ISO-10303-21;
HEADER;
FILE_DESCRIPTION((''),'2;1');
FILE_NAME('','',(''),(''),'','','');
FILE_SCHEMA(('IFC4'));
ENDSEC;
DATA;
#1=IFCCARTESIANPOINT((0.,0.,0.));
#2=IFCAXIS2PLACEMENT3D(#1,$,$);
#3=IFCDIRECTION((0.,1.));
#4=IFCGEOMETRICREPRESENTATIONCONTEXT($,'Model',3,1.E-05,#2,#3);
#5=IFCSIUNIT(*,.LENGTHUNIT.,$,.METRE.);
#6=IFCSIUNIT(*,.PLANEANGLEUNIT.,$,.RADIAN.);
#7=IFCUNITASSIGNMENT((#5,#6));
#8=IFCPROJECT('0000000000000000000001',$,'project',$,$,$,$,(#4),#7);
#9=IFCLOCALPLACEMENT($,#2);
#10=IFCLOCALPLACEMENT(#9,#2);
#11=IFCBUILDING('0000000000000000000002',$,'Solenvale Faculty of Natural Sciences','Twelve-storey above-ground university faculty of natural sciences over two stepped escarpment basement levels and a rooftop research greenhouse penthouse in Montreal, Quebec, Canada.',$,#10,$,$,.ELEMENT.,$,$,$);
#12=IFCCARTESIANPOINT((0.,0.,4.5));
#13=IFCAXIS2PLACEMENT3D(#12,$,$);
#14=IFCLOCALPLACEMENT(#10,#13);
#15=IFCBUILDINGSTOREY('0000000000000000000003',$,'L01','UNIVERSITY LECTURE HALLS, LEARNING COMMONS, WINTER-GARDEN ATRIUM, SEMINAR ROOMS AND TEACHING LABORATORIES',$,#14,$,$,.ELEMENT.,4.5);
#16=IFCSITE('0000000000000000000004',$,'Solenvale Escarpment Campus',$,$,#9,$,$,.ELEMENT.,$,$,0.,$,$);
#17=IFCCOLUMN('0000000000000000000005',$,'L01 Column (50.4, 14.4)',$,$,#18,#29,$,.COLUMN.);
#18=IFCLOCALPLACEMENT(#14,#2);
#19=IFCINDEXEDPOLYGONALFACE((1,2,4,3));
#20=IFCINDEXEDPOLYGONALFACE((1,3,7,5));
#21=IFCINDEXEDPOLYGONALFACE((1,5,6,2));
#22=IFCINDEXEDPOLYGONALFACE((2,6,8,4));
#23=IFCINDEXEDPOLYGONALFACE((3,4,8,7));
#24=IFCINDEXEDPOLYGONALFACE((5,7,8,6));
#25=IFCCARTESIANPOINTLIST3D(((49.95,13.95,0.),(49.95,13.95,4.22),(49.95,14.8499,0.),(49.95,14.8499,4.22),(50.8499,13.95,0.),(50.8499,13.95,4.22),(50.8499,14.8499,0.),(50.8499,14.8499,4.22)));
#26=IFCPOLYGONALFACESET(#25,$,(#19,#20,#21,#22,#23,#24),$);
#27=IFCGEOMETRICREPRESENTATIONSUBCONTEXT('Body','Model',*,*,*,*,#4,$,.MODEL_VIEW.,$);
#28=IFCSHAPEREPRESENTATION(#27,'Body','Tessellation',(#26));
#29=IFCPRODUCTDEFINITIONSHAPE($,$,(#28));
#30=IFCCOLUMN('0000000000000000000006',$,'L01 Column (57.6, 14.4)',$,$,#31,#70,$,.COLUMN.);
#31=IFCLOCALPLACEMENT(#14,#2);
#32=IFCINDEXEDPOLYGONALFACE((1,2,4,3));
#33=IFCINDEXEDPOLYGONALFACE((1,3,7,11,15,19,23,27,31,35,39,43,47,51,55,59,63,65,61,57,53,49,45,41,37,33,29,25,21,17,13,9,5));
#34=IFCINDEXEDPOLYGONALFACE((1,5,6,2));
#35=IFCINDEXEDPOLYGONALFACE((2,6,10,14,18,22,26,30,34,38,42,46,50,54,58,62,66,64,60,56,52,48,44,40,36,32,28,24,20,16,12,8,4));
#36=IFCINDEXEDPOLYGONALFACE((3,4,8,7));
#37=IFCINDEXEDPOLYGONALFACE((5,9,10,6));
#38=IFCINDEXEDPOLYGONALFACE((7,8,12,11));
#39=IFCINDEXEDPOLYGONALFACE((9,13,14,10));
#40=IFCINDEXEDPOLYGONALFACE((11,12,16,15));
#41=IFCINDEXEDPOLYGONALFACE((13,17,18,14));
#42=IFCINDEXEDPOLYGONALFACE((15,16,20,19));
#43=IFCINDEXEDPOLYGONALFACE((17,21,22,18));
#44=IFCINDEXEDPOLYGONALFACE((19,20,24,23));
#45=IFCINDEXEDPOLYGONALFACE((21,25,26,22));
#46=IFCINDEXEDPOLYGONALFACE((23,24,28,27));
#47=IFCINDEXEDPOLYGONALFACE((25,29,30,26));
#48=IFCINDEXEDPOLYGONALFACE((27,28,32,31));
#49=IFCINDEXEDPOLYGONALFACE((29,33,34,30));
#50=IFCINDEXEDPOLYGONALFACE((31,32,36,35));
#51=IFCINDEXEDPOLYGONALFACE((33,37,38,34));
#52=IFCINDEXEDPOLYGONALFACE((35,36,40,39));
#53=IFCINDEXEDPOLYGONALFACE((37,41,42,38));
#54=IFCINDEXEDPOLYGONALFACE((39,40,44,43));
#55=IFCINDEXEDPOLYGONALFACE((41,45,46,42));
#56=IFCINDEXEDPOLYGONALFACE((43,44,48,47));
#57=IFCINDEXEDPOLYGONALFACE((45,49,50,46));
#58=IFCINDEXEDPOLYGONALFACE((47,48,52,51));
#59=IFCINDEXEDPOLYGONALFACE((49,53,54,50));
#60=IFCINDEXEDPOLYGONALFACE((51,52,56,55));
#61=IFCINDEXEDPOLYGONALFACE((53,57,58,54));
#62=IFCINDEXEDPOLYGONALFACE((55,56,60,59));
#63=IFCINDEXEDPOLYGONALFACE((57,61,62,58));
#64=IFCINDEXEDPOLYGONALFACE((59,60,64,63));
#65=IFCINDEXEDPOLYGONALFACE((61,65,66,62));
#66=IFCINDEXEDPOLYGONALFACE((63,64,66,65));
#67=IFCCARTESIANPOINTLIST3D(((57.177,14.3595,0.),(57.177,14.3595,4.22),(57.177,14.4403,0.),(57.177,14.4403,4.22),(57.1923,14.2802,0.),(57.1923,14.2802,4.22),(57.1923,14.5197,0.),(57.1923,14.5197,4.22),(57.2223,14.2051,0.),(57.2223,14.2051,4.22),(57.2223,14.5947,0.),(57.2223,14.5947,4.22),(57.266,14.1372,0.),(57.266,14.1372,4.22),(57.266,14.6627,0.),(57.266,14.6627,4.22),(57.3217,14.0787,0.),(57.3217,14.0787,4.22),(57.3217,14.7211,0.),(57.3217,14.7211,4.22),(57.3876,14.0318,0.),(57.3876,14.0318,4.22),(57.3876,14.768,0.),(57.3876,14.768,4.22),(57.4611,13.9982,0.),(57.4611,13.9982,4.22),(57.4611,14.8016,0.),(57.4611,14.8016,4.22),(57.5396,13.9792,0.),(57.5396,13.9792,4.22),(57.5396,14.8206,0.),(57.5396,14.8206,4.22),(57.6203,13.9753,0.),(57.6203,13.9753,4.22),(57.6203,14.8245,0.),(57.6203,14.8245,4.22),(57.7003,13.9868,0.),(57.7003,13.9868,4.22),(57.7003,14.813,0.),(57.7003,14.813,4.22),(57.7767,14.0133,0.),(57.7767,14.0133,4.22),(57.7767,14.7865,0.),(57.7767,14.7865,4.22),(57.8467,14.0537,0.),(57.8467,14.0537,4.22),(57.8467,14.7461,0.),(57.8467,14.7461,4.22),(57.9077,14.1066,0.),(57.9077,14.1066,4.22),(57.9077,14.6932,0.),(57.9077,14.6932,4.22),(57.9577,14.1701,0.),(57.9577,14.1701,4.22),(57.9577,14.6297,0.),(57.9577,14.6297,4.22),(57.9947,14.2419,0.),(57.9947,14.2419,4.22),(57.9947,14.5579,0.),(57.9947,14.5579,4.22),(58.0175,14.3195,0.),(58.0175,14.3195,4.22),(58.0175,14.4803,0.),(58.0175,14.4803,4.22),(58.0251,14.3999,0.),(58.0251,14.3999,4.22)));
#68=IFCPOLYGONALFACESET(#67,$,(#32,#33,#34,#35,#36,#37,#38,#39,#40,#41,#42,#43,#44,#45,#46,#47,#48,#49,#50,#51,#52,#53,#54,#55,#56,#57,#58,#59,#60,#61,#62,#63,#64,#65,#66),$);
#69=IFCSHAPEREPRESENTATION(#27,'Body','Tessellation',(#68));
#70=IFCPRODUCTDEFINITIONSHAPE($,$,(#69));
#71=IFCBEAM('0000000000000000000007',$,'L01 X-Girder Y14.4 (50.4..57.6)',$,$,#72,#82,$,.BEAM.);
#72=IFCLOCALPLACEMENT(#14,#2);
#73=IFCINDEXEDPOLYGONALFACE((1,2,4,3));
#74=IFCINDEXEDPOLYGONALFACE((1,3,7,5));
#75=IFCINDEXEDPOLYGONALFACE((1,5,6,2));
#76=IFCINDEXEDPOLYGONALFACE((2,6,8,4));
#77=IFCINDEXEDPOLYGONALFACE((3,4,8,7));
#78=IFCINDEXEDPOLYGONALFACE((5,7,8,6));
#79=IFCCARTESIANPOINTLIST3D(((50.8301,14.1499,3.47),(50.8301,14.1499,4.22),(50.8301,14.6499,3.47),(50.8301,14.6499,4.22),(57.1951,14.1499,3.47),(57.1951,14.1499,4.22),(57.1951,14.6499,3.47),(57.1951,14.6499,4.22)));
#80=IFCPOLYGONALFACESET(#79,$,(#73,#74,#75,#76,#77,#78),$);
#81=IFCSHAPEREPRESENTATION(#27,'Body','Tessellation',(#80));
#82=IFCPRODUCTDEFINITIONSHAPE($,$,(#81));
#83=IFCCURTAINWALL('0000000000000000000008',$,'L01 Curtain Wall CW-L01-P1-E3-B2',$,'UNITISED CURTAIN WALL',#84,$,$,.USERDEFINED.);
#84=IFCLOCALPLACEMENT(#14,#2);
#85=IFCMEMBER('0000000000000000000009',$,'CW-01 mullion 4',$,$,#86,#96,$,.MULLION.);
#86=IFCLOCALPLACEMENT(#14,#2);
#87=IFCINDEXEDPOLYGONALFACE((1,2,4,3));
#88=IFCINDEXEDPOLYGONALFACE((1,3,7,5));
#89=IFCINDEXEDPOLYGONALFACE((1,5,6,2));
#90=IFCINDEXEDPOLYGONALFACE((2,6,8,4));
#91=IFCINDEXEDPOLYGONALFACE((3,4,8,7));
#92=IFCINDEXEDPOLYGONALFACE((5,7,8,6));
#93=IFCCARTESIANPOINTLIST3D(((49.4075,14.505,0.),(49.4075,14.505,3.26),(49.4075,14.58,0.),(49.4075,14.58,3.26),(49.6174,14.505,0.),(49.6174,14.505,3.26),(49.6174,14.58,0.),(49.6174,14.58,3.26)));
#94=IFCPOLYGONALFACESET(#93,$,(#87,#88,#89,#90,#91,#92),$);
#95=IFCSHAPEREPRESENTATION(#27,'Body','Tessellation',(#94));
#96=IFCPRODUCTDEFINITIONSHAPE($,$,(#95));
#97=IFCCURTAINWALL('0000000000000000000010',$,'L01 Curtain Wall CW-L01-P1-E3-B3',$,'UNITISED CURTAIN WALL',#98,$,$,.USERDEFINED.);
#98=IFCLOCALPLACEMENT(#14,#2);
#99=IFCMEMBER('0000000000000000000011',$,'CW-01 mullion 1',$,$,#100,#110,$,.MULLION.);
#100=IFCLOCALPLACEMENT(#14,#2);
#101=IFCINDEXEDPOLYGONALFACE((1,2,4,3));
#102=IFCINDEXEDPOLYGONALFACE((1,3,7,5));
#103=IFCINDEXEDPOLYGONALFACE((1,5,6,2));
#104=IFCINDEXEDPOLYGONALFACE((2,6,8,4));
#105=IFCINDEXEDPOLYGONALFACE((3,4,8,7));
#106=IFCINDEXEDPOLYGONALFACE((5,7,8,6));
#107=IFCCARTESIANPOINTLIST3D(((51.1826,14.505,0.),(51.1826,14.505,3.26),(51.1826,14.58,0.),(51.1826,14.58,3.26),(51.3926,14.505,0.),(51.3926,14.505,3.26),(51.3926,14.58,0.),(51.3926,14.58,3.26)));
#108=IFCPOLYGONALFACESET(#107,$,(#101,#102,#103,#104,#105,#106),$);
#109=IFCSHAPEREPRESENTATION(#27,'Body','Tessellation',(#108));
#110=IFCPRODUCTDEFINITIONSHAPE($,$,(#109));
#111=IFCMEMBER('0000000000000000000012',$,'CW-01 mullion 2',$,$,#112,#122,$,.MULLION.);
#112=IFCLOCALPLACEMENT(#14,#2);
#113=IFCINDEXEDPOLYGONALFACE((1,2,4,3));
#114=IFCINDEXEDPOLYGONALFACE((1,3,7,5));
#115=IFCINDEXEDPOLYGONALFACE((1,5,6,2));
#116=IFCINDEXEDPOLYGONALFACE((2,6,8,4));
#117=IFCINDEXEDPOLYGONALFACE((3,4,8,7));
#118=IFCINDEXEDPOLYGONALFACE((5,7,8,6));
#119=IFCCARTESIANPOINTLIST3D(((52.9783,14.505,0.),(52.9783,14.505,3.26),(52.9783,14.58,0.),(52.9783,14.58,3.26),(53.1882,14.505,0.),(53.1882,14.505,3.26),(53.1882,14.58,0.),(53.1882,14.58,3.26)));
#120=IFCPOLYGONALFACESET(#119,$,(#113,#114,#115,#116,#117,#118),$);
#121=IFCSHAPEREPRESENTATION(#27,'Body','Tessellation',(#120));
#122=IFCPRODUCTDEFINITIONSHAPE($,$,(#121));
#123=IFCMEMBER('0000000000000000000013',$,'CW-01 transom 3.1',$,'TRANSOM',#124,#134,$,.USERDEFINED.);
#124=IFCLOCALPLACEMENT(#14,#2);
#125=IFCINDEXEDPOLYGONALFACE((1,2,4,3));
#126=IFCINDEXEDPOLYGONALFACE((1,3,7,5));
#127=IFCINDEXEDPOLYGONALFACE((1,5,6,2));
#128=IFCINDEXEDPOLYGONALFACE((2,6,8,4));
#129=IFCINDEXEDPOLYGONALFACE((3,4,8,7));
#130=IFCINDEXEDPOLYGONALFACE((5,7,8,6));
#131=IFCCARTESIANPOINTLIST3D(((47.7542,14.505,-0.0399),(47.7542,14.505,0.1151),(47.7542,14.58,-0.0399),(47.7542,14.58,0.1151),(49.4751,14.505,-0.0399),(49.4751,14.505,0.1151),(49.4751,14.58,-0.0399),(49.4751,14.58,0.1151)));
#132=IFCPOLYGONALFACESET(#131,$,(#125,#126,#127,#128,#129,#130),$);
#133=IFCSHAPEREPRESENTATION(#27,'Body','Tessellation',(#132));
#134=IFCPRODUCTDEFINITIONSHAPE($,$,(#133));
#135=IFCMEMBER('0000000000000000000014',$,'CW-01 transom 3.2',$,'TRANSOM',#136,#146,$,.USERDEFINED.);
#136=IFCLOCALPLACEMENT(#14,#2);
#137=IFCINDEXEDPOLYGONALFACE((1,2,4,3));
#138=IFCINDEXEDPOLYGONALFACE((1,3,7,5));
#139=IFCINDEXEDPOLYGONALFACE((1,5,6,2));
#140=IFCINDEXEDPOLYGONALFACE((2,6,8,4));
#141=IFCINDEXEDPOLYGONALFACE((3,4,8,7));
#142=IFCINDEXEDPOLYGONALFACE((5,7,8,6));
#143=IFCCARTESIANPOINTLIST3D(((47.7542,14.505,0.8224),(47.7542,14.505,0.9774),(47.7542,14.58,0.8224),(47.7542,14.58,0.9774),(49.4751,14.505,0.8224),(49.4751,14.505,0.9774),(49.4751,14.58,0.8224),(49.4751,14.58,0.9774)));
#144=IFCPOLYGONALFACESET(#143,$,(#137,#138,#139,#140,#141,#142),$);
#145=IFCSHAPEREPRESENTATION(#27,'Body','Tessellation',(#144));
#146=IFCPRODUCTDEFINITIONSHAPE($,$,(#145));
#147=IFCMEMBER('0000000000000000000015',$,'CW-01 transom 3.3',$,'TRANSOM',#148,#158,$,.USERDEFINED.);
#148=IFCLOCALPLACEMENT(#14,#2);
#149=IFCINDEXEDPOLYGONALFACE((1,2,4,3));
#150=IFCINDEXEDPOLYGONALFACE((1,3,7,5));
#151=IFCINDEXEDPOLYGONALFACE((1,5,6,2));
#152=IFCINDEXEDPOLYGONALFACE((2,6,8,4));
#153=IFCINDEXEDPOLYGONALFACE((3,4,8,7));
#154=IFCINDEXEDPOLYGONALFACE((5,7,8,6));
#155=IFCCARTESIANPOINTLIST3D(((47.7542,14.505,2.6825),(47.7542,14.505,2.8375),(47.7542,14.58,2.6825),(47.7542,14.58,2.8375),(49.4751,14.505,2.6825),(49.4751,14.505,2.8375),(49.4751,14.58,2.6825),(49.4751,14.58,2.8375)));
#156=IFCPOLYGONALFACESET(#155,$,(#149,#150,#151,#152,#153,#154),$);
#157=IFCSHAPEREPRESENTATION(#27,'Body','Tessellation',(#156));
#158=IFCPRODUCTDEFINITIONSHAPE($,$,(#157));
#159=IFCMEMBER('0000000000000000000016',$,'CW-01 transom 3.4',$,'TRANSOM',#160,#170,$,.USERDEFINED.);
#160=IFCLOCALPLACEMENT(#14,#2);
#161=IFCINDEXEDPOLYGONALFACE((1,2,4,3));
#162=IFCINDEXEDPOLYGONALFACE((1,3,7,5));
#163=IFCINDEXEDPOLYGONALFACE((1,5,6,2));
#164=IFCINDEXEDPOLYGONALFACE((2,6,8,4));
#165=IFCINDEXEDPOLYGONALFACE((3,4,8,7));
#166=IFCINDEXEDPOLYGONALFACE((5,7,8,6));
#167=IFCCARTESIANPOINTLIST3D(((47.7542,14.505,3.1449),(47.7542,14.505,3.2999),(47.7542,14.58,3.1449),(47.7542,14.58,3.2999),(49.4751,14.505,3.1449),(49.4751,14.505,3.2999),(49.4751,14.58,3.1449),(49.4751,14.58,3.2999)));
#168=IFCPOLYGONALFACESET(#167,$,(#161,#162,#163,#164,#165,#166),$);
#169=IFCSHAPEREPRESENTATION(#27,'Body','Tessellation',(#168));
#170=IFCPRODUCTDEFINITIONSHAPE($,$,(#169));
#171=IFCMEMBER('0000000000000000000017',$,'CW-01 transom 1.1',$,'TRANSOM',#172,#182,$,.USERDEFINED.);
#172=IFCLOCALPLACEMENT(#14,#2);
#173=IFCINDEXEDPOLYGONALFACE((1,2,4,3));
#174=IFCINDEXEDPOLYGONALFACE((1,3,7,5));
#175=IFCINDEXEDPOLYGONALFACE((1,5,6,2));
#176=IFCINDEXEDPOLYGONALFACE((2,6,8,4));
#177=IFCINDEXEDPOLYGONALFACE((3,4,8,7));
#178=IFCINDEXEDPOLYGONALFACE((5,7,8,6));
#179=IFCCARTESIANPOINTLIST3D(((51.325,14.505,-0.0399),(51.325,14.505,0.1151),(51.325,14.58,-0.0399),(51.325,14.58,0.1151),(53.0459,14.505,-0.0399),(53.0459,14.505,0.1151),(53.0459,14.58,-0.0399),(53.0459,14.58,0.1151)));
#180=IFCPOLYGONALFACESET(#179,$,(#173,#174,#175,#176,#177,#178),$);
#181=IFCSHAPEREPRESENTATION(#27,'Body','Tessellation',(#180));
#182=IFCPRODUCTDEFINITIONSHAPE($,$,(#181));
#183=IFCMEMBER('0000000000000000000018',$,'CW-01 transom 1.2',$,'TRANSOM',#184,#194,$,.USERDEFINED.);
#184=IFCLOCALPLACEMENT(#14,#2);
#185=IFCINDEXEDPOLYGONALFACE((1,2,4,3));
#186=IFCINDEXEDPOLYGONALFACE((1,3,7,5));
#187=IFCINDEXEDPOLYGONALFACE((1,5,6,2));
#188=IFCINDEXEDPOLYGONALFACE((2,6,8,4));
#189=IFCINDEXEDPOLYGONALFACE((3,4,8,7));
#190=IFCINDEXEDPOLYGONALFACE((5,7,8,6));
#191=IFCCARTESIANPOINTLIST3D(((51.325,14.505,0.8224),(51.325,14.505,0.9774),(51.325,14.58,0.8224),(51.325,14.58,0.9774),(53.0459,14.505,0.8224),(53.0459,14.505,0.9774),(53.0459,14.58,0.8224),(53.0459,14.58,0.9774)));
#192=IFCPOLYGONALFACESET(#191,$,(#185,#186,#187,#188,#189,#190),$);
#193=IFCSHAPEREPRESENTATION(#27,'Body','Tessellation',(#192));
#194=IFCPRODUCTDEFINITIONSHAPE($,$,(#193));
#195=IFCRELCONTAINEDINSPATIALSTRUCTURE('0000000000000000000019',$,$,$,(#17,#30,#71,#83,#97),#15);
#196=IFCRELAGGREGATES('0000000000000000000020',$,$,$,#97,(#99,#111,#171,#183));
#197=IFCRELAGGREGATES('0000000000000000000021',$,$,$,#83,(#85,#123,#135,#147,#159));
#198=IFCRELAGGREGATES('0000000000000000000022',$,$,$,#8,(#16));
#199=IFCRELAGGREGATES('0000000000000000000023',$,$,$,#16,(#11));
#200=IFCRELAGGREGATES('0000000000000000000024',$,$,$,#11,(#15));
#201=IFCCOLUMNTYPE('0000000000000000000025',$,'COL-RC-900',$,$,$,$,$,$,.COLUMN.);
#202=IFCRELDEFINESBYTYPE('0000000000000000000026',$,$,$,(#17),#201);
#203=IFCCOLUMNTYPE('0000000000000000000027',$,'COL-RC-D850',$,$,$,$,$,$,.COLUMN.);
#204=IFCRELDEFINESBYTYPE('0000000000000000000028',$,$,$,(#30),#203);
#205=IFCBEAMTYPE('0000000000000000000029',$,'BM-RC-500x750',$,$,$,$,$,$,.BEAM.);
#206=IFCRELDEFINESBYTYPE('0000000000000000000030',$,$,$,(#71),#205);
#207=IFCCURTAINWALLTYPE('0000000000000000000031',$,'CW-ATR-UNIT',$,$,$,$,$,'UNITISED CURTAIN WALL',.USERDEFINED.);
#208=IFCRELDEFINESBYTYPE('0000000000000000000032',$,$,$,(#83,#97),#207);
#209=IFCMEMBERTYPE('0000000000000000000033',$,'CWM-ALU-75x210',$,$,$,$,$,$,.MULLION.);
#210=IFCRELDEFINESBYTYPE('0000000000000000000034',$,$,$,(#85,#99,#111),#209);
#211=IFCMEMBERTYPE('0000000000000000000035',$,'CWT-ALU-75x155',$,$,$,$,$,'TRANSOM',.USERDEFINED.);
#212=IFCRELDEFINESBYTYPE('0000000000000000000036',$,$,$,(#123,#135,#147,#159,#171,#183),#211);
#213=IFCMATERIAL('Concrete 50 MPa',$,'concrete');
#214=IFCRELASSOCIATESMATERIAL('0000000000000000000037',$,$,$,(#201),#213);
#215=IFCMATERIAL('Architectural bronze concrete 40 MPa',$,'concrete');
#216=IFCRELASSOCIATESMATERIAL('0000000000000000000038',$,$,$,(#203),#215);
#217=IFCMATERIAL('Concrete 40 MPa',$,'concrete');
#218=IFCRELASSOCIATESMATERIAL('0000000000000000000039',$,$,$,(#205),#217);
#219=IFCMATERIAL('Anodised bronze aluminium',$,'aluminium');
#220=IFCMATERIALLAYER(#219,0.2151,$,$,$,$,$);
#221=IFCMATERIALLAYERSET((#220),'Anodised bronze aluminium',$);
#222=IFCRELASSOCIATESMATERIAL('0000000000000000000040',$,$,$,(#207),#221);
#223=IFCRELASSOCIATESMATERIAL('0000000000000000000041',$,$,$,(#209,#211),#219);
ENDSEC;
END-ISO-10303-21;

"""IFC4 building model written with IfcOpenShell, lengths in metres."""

from ifc_helpers import new_model, si_unit, direction, frame, origin, origin_2d, place, context, subcontext, project, spatial, rectangle, circle, extrude, material, layer, layer_set, material_profile, profile_set, type_object, element, aggregate, save


model = new_model("IFC4")

# Units and contexts
model_context = context("Model", 3, precision=1e-05, world=origin(), true_north=direction((0.0, 1.0)))
body_context = subcontext(model_context, "Body", "Model", "MODEL_VIEW")
ifc_project = project(units=[si_unit("LENGTHUNIT", "METRE"), si_unit("PLANEANGLEUNIT", "RADIAN")], contexts=[model_context])

# Site, building, storey
site_placement = place(None, origin())
site = spatial("IfcSite", under=ifc_project, at=site_placement, Name="Solenvale Escarpment Campus", CompositionType="ELEMENT", RefElevation=0.0)
building_placement = place(site_placement, origin())
building = spatial("IfcBuilding", under=site, at=building_placement, Name="Solenvale Faculty of Natural Sciences", Description="Twelve-storey above-ground university faculty of natural sciences over two stepped escarpment basement levels and a rooftop research greenhouse penthouse in Montreal, Quebec, Canada.", CompositionType="ELEMENT")
storey_placement = place(building_placement, frame((0.0, 0.0, 4.5)))
storey = spatial("IfcBuildingStorey", under=building, at=storey_placement, Name="L01", Description="UNIVERSITY LECTURE HALLS, LEARNING COMMONS, WINTER-GARDEN ATRIUM, SEMINAR ROOMS AND TEACHING LABORATORIES", CompositionType="ELEMENT", Elevation=4.5)

# Columns
ifc_material_1 = material(Name="Concrete 50 MPa", Category="concrete")
ifc_material_profile_1 = material_profile(ifc_material_1, rectangle(XDim=0.8999, YDim=0.8999, at=origin_2d()), Name="RC-COL-900x900")
ifc_profile_set_1 = profile_set([ifc_material_profile_1], Name="Concrete 50 MPa")
column_type_1 = type_object("IfcColumnType", Name="COL-RC-900", PredefinedType="COLUMN", material=ifc_profile_set_1)
column_1_placement = place(storey_placement, frame((50.3999, 14.3999, 0.0), z_axis=(0.0, 0.0, 1.0), x_axis=(1.0, 0.0, 0.0)))
element("IfcColumn", 1, at=column_1_placement, inside=storey, type_object=column_type_1, Name="L01 Column (50.4, 14.4)", PredefinedType="COLUMN", context=body_context, shape_type="SweptSolid", body=[
    extrude(rectangle(XDim=0.8999, YDim=0.8999, at=origin_2d()), origin(), (0.0, 0.0, 1.0), 4.22),
])
ifc_material_2 = material(Name="Architectural bronze concrete 40 MPa", Category="concrete")
ifc_material_profile_2 = material_profile(ifc_material_2, circle(Radius=0.425, at=origin_2d()), Name="RC-COL-D850")
ifc_profile_set_2 = profile_set([ifc_material_profile_2], Name="Architectural bronze concrete 40 MPa")
column_type_2 = type_object("IfcColumnType", Name="COL-RC-D850", PredefinedType="COLUMN", material=ifc_profile_set_2)
column_2_placement = place(storey_placement, frame((57.6001, 14.3999, 0.0), z_axis=(0.0, 0.0, 1.0), x_axis=(1.0, 0.0, 0.0)))
element("IfcColumn", 2, at=column_2_placement, inside=storey, type_object=column_type_2, Name="L01 Column (57.6, 14.4)", PredefinedType="COLUMN", context=body_context, shape_type="SweptSolid", body=[
    extrude(circle(Radius=0.425, at=origin_2d()), origin(), (0.0, 0.0, 1.0), 4.22),
])

# Beam
ifc_material_3 = material(Name="Concrete 40 MPa", Category="concrete")
ifc_material_profile_3 = material_profile(ifc_material_3, rectangle(XDim=0.5, YDim=0.75, at=origin_2d()), Name="RC-BM-500x750")
ifc_profile_set_3 = profile_set([ifc_material_profile_3], Name="Concrete 40 MPa")
beam_type = type_object("IfcBeamType", Name="BM-RC-500x750", PredefinedType="BEAM", material=ifc_profile_set_3)
beam_placement = place(storey_placement, frame((50.8301, 14.3999, 3.845), z_axis=(1.0, 0.0, 0.0), x_axis=(0.0, 1.0, 0.0)))
element("IfcBeam", 3, at=beam_placement, inside=storey, type_object=beam_type, Name="L01 X-Girder Y14.4 (50.4..57.6)", PredefinedType="BEAM", context=body_context, shape_type="SweptSolid", body=[
    extrude(rectangle(XDim=0.5, YDim=0.75, at=origin_2d()), origin(), (0.0, 0.0, 1.0), 6.365),
])

# Curtain wall, member
ifc_material_4 = material(Name="Anodised bronze aluminium", Category="aluminium")
ifc_layer_1 = layer(ifc_material_4, 0.2151)
ifc_layer_set_1 = layer_set([ifc_layer_1], Name="Anodised bronze aluminium")
curtain_wall_type = type_object("IfcCurtainWallType", Name="CW-ATR-UNIT", ElementType="UNITISED CURTAIN WALL", PredefinedType="USERDEFINED", material=ifc_layer_set_1)
curtain_wall_1_placement = place(storey_placement, origin())
curtain_wall_1 = element("IfcCurtainWall", 4, at=curtain_wall_1_placement, inside=storey, type_object=curtain_wall_type, Name="L01 Curtain Wall CW-L01-P1-E3-B2", ObjectType="UNITISED CURTAIN WALL", PredefinedType="USERDEFINED")
ifc_material_profile_4 = material_profile(ifc_material_4, rectangle(XDim=0.075, YDim=0.21, at=origin_2d()), Name="ALU-MUL-75x210")
ifc_profile_set_4 = profile_set([ifc_material_profile_4], Name="Anodised bronze aluminium")
member_type_1 = type_object("IfcMemberType", Name="CWM-ALU-75x210", PredefinedType="MULLION", material=ifc_profile_set_4)
member_1_placement = place(storey_placement, frame((49.5125, 14.5425, 0.0), z_axis=(0.0, 0.0, 1.0), x_axis=(0.0, 1.0, 0.0)))
member_1 = element("IfcMember", 5, at=member_1_placement, type_object=member_type_1, Name="CW-01 mullion 4", PredefinedType="MULLION", context=body_context, shape_type="SweptSolid", body=[
    extrude(rectangle(XDim=0.075, YDim=0.21, at=origin_2d()), origin(), (0.0, 0.0, 1.0), 3.26),
])

# Curtain wall, members
curtain_wall_2_placement = place(storey_placement, origin())
curtain_wall_2 = element("IfcCurtainWall", 6, at=curtain_wall_2_placement, inside=storey, type_object=curtain_wall_type, Name="L01 Curtain Wall CW-L01-P1-E3-B3", ObjectType="UNITISED CURTAIN WALL", PredefinedType="USERDEFINED")
member_2_placement = place(storey_placement, frame((51.2876, 14.5425, 0.0), z_axis=(0.0, 0.0, 1.0), x_axis=(0.0, 1.0, 0.0)))
member_2 = element("IfcMember", 7, at=member_2_placement, type_object=member_type_1, Name="CW-01 mullion 1", PredefinedType="MULLION", context=body_context, shape_type="SweptSolid", body=[
    extrude(rectangle(XDim=0.075, YDim=0.21, at=origin_2d()), origin(), (0.0, 0.0, 1.0), 3.26),
])
member_3_placement = place(storey_placement, frame((53.0833, 14.5425, 0.0), z_axis=(0.0, 0.0, 1.0), x_axis=(0.0, 1.0, 0.0)))
member_3 = element("IfcMember", 8, at=member_3_placement, type_object=member_type_1, Name="CW-01 mullion 2", PredefinedType="MULLION", context=body_context, shape_type="SweptSolid", body=[
    extrude(rectangle(XDim=0.075, YDim=0.21, at=origin_2d()), origin(), (0.0, 0.0, 1.0), 3.26),
])

# Members
ifc_material_profile_5 = material_profile(ifc_material_4, rectangle(XDim=0.075, YDim=0.155, at=origin_2d()), Name="ALU-TRN-75x155")
ifc_profile_set_5 = profile_set([ifc_material_profile_5], Name="Anodised bronze aluminium")
member_type_2 = type_object("IfcMemberType", Name="CWT-ALU-75x155", ElementType="TRANSOM", PredefinedType="USERDEFINED", material=ifc_profile_set_5)
member_4_placement = place(storey_placement, frame((47.7542, 14.5425, 0.0376), z_axis=(1.0, 0.0, 0.0), x_axis=(0.0, 1.0, 0.0)))
member_4 = element("IfcMember", 9, at=member_4_placement, type_object=member_type_2, Name="CW-01 transom 3.1", ObjectType="TRANSOM", PredefinedType="USERDEFINED", context=body_context, shape_type="SweptSolid", body=[
    extrude(rectangle(XDim=0.075, YDim=0.155, at=origin_2d()), origin(), (0.0, 0.0, 1.0), 1.7209),
])
member_5_placement = place(storey_placement, frame((47.7542, 14.5425, 0.8999), z_axis=(1.0, 0.0, 0.0), x_axis=(0.0, 1.0, 0.0)))
member_5 = element("IfcMember", 10, at=member_5_placement, type_object=member_type_2, Name="CW-01 transom 3.2", ObjectType="TRANSOM", PredefinedType="USERDEFINED", context=body_context, shape_type="SweptSolid", body=[
    extrude(rectangle(XDim=0.075, YDim=0.155, at=origin_2d()), origin(), (0.0, 0.0, 1.0), 1.7209),
])
member_6_placement = place(storey_placement, frame((47.7542, 14.5425, 2.76), z_axis=(1.0, 0.0, 0.0), x_axis=(0.0, 1.0, 0.0)))
member_6 = element("IfcMember", 11, at=member_6_placement, type_object=member_type_2, Name="CW-01 transom 3.3", ObjectType="TRANSOM", PredefinedType="USERDEFINED", context=body_context, shape_type="SweptSolid", body=[
    extrude(rectangle(XDim=0.075, YDim=0.155, at=origin_2d()), origin(), (0.0, 0.0, 1.0), 1.7209),
])
member_7_placement = place(storey_placement, frame((47.7542, 14.5425, 3.2224), z_axis=(1.0, 0.0, 0.0), x_axis=(0.0, 1.0, 0.0)))
member_7 = element("IfcMember", 12, at=member_7_placement, type_object=member_type_2, Name="CW-01 transom 3.4", ObjectType="TRANSOM", PredefinedType="USERDEFINED", context=body_context, shape_type="SweptSolid", body=[
    extrude(rectangle(XDim=0.075, YDim=0.155, at=origin_2d()), origin(), (0.0, 0.0, 1.0), 1.7209),
])
member_8_placement = place(storey_placement, frame((51.325, 14.5425, 0.0376), z_axis=(1.0, 0.0, 0.0), x_axis=(0.0, 1.0, 0.0)))
member_8 = element("IfcMember", 13, at=member_8_placement, type_object=member_type_2, Name="CW-01 transom 1.1", ObjectType="TRANSOM", PredefinedType="USERDEFINED", context=body_context, shape_type="SweptSolid", body=[
    extrude(rectangle(XDim=0.075, YDim=0.155, at=origin_2d()), origin(), (0.0, 0.0, 1.0), 1.7209),
])
member_9_placement = place(storey_placement, frame((51.325, 14.5425, 0.8999), z_axis=(1.0, 0.0, 0.0), x_axis=(0.0, 1.0, 0.0)))
member_9 = element("IfcMember", 14, at=member_9_placement, type_object=member_type_2, Name="CW-01 transom 1.2", ObjectType="TRANSOM", PredefinedType="USERDEFINED", context=body_context, shape_type="SweptSolid", body=[
    extrude(rectangle(XDim=0.075, YDim=0.155, at=origin_2d()), origin(), (0.0, 0.0, 1.0), 1.7209),
])

aggregate(curtain_wall_2, [member_2, member_3, member_8, member_9])
aggregate(curtain_wall_1, [member_1, member_4, member_5, member_6, member_7])

save(model, "model.ifc")
